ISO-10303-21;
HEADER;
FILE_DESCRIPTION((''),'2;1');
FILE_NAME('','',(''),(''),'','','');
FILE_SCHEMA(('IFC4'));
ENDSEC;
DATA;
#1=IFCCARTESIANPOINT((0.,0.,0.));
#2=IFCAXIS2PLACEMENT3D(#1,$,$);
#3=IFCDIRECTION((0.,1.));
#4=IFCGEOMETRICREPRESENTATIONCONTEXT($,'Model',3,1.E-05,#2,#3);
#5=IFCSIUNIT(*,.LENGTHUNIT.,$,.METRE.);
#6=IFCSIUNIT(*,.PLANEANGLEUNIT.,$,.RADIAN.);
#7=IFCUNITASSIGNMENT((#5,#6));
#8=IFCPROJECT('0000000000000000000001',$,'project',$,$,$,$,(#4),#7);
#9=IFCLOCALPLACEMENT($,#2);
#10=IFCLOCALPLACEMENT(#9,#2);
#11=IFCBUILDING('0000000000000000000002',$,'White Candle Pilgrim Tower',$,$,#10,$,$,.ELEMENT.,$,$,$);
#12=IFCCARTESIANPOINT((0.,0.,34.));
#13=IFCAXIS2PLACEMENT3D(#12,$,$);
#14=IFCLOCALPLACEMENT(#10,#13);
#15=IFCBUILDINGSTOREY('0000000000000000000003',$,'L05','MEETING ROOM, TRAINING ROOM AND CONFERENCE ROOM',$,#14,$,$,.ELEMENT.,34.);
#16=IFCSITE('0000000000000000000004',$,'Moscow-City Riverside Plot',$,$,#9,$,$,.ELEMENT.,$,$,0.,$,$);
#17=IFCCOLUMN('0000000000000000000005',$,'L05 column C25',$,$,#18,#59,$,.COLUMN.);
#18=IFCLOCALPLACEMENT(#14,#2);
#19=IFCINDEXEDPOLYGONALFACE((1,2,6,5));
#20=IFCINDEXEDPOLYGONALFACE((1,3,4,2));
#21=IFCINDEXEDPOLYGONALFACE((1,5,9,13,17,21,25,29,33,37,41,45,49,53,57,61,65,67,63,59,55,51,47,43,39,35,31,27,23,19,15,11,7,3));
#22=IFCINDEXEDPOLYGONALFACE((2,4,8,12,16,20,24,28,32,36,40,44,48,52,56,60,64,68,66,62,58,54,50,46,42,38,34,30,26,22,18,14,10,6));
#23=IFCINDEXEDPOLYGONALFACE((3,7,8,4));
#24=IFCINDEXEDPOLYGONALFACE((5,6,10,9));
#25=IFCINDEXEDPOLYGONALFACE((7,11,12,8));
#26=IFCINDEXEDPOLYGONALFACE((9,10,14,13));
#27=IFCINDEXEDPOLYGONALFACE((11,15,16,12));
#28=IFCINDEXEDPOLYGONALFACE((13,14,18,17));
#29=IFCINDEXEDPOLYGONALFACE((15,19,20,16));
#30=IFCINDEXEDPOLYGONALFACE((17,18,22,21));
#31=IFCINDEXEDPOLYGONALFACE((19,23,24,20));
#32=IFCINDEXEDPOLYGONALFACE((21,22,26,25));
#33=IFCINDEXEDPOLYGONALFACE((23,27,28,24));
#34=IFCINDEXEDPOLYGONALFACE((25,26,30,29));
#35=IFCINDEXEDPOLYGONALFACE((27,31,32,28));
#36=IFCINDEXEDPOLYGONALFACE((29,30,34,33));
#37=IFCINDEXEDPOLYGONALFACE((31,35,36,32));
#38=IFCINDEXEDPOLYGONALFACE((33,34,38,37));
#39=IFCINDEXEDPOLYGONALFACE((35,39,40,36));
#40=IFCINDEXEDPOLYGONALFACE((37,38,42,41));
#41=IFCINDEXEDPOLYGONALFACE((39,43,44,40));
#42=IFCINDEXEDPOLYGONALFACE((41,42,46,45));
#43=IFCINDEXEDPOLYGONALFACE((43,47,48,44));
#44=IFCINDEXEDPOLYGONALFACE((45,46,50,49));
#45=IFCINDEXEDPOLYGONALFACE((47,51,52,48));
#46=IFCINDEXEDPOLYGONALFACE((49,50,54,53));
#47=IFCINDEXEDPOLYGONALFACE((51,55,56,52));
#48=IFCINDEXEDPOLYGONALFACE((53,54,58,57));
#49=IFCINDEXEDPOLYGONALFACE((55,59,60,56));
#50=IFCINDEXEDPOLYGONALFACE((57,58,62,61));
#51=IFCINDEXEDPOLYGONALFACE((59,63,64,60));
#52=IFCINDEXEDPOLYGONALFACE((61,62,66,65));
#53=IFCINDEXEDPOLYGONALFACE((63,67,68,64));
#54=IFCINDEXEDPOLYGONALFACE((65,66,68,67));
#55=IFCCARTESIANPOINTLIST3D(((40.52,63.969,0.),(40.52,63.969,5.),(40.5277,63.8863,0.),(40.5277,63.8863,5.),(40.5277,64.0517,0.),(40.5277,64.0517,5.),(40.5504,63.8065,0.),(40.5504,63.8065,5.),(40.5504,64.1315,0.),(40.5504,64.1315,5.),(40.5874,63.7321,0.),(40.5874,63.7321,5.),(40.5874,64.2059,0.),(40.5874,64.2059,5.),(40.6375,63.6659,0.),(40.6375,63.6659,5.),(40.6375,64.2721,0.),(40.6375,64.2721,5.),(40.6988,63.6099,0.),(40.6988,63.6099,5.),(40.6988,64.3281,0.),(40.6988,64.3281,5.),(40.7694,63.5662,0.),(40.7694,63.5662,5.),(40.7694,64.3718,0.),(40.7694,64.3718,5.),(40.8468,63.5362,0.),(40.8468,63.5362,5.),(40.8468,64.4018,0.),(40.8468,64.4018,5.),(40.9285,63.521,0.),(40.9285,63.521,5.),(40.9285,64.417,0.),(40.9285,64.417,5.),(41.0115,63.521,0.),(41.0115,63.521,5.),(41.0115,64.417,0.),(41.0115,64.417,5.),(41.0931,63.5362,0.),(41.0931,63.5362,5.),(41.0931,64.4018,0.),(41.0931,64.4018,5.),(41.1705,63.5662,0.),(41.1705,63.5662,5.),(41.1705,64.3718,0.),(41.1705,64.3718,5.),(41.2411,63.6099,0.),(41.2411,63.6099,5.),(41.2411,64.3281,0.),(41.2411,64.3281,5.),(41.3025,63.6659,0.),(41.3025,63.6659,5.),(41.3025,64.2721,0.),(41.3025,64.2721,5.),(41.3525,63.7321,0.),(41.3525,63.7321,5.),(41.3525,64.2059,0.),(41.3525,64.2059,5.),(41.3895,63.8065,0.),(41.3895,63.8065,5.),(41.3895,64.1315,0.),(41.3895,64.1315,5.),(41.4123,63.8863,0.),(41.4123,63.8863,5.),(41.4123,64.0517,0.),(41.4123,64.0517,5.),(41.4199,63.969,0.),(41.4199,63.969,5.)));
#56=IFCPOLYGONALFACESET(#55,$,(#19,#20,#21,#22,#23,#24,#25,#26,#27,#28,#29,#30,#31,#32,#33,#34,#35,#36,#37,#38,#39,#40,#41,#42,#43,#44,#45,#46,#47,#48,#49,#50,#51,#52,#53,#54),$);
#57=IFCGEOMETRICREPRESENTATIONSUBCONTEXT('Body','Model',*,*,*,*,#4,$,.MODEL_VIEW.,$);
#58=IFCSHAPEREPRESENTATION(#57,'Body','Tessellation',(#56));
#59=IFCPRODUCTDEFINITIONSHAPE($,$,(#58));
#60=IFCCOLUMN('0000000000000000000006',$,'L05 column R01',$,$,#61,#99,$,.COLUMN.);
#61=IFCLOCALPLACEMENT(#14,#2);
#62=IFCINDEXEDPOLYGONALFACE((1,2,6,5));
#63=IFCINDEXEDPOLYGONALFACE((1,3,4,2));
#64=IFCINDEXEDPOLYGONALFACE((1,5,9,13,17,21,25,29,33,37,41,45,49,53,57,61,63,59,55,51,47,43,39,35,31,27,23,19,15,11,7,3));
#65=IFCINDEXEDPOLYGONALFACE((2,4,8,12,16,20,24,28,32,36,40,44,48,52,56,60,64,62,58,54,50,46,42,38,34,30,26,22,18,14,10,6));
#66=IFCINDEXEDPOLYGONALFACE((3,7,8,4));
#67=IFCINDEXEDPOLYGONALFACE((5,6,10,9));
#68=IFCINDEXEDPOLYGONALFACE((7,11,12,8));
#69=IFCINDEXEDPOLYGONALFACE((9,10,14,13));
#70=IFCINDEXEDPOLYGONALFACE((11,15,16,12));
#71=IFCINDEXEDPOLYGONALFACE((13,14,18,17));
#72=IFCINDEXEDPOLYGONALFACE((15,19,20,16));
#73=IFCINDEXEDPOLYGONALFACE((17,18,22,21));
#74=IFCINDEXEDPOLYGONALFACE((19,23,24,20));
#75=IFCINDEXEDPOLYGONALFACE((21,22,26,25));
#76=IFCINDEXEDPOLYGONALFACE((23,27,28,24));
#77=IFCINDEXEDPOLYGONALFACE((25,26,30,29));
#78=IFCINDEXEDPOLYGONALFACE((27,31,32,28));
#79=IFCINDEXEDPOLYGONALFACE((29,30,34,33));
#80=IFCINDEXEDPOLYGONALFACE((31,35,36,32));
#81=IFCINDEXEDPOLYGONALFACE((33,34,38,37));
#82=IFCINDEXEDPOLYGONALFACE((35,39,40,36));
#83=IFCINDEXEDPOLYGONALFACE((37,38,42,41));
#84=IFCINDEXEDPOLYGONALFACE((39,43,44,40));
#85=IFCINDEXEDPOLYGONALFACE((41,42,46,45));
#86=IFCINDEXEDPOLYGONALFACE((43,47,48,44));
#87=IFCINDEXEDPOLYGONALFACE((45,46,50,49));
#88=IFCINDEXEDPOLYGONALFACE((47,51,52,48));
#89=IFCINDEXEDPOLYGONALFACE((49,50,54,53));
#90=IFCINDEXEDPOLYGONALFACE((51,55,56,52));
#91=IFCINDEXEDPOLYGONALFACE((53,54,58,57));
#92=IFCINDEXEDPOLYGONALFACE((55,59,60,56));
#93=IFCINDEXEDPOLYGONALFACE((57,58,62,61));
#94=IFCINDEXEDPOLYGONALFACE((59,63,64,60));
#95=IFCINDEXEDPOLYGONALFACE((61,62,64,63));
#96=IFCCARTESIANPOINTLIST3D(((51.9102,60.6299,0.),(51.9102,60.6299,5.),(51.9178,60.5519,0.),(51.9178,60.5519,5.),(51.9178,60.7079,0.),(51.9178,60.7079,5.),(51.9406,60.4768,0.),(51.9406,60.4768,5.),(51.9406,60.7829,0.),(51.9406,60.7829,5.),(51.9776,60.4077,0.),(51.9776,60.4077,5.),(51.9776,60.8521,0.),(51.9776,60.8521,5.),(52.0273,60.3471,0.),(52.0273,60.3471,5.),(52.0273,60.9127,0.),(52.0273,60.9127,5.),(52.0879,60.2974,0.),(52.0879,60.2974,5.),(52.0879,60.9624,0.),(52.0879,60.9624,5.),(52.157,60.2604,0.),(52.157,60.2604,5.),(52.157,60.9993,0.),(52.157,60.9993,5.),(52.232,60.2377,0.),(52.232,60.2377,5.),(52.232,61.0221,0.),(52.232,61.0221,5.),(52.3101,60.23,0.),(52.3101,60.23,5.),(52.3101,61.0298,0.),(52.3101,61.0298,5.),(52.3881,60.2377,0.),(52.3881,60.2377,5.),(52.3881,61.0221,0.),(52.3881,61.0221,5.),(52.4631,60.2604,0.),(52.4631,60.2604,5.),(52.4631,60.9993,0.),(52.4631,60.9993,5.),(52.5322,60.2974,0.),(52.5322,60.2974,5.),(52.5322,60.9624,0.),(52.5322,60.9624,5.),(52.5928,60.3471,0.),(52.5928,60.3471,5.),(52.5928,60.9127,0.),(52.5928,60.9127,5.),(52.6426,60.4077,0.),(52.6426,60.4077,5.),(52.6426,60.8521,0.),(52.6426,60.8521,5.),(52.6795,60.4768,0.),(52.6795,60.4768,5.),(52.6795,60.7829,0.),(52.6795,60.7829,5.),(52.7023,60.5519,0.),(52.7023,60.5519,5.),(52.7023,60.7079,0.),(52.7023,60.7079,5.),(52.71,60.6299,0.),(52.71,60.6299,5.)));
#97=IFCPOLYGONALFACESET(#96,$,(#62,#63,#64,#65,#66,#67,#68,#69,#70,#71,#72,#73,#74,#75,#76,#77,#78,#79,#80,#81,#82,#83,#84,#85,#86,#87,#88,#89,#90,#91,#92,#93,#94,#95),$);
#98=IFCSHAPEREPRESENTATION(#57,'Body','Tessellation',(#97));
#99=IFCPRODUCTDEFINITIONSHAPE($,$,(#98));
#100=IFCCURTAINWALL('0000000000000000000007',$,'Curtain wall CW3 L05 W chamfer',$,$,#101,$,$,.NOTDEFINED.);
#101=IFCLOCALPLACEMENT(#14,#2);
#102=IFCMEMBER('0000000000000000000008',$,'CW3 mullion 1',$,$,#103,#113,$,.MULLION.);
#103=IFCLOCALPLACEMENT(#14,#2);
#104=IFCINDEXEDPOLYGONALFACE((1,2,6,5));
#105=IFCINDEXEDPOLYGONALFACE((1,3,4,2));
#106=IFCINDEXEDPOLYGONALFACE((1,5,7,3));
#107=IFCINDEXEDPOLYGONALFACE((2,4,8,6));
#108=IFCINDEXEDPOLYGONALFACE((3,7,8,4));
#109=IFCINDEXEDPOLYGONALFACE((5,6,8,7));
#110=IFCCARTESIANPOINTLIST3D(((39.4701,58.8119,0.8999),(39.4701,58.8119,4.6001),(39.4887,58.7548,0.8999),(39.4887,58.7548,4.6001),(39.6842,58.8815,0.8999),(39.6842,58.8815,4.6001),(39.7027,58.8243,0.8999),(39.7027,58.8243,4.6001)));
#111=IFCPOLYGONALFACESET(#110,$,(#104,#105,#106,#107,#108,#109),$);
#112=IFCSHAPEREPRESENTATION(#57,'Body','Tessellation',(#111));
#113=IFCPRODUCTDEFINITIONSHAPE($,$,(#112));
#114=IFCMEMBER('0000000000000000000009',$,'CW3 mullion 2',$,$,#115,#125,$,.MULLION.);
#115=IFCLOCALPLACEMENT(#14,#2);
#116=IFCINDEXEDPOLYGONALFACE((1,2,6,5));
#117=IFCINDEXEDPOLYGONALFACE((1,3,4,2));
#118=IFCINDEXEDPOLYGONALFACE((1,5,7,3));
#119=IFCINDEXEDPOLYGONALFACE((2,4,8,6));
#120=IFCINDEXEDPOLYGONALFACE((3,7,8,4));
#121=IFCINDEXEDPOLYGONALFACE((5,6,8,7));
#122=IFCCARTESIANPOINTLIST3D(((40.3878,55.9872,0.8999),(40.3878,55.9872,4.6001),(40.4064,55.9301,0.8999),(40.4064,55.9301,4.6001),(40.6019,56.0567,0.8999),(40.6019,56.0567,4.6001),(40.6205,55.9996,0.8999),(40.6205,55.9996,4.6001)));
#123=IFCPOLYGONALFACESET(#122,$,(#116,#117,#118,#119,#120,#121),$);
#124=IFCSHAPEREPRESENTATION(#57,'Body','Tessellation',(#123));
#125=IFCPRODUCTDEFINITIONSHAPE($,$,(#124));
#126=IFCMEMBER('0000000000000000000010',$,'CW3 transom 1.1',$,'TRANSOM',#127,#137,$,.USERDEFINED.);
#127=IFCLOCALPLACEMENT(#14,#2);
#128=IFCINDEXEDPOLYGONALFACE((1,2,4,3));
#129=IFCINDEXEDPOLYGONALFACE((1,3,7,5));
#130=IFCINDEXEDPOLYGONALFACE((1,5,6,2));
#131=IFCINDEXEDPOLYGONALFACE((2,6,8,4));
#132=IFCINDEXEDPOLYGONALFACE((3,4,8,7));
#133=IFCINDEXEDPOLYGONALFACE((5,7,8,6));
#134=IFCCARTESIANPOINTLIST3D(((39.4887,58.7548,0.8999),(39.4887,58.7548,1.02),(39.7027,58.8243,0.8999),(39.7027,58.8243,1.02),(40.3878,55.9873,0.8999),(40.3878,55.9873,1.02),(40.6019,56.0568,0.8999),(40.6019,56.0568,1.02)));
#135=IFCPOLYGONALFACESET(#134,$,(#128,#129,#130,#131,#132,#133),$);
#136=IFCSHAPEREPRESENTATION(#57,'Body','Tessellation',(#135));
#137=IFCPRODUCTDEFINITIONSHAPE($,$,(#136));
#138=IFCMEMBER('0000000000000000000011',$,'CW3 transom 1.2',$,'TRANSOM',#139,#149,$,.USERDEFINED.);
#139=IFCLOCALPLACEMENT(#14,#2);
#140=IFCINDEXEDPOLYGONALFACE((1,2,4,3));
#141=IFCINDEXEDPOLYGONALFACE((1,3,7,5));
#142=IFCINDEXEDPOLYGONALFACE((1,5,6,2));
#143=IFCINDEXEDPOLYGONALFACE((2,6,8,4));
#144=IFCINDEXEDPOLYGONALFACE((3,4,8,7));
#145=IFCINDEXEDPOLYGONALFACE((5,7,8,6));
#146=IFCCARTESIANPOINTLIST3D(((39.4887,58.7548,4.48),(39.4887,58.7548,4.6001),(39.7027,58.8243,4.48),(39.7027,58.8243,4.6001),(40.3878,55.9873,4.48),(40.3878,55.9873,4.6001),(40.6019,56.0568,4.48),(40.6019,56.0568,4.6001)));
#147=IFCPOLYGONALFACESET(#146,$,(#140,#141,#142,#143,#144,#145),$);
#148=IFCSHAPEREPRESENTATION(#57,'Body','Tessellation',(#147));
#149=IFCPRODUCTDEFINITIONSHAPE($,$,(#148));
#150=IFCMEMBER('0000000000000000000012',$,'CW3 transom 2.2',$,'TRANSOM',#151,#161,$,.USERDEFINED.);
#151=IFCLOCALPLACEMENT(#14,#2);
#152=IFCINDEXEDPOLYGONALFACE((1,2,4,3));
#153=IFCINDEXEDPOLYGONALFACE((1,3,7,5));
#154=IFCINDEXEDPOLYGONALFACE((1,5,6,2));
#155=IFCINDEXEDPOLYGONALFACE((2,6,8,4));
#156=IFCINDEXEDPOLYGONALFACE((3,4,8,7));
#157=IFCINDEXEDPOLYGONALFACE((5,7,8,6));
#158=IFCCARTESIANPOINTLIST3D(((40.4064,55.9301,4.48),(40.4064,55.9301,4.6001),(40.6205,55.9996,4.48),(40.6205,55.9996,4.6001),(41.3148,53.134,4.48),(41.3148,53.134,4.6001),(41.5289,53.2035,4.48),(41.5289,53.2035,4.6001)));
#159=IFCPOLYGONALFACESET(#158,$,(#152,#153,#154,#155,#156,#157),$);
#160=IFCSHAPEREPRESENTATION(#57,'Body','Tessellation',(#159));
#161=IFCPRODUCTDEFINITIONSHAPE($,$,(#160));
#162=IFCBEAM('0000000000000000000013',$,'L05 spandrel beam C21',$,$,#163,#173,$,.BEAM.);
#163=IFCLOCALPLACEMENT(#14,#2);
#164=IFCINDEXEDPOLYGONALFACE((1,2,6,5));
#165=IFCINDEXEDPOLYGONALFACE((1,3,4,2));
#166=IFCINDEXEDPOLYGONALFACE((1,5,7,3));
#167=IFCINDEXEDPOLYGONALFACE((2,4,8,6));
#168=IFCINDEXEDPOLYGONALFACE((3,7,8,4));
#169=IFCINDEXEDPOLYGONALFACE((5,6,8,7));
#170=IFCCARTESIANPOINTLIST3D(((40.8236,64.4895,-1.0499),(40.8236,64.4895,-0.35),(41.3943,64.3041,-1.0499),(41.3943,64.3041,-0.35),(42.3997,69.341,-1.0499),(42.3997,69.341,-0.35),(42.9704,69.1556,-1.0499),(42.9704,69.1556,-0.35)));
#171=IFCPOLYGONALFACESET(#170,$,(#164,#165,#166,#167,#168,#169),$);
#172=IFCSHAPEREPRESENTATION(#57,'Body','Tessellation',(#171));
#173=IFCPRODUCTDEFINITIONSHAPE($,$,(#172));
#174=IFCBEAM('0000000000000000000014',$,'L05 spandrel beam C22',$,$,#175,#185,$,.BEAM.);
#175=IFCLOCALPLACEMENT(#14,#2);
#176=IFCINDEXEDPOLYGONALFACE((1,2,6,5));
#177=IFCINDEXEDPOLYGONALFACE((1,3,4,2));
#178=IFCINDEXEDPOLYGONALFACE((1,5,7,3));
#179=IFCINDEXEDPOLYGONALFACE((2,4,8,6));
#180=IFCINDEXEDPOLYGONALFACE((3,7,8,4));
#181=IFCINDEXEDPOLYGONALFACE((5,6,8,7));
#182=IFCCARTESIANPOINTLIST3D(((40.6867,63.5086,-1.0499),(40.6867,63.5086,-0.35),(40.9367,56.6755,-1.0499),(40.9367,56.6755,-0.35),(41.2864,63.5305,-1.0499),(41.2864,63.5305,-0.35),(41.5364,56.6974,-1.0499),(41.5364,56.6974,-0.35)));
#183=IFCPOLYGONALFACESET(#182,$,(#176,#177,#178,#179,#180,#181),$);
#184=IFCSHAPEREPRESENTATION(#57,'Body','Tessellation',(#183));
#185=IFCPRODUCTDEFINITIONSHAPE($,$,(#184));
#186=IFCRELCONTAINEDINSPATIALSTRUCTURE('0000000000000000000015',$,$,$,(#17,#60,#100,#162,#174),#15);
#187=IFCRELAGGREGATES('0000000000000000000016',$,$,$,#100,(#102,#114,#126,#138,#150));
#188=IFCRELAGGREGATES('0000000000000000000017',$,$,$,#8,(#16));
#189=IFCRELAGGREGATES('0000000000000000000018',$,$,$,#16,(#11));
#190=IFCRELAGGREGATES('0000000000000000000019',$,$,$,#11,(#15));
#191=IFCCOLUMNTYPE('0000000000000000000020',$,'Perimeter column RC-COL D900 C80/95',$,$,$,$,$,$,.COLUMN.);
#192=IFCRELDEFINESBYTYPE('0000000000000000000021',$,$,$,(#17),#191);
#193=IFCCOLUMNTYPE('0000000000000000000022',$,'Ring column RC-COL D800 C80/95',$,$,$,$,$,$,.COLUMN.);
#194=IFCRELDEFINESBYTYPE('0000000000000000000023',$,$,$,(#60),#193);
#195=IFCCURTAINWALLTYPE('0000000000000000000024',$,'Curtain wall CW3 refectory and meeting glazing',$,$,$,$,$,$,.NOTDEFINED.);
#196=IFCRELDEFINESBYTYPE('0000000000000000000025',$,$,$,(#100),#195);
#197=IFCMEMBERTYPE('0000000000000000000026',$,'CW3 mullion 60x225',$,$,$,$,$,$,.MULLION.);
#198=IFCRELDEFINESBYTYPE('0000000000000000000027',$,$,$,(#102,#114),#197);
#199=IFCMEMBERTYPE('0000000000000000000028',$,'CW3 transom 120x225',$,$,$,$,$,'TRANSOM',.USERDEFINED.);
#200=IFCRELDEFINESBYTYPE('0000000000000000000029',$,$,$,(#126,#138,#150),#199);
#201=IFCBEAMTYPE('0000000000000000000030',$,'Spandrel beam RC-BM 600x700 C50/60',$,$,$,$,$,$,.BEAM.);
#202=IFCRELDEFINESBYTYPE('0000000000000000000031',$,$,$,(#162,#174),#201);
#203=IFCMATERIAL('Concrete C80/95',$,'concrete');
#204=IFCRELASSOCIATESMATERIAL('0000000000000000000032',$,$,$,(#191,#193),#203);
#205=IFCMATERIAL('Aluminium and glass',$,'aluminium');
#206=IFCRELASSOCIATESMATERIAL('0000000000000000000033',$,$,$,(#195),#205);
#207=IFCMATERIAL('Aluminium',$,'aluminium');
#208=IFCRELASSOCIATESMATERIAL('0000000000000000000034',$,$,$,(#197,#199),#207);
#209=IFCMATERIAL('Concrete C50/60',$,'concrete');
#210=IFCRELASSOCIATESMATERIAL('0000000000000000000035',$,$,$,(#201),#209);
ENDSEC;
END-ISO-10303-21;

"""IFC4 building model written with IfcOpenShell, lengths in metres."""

from ifc_helpers import new_model, si_unit, direction, frame, origin, origin_2d, place, context, subcontext, project, spatial, rectangle, circle, extrude, material, material_profile, profile_set, type_object, element, aggregate, save


model = new_model("IFC4")

# Units and contexts
model_context = context("Model", 3, precision=1e-05, world=origin(), true_north=direction((0.0, 1.0)))
body_context = subcontext(model_context, "Body", "Model", "MODEL_VIEW")
ifc_project = project(units=[si_unit("LENGTHUNIT", "METRE"), si_unit("PLANEANGLEUNIT", "RADIAN")], contexts=[model_context])

# Site, building, storey
site_placement = place(None, origin())
site = spatial("IfcSite", under=ifc_project, at=site_placement, Name="Moscow-City Riverside Plot", CompositionType="ELEMENT", RefElevation=0.0)
building_placement = place(site_placement, origin())
building = spatial("IfcBuilding", under=site, at=building_placement, Name="White Candle Pilgrim Tower", CompositionType="ELEMENT")
storey_placement = place(building_placement, frame((0.0, 0.0, 34.0)))
storey = spatial("IfcBuildingStorey", under=building, at=storey_placement, Name="L05", Description="MEETING ROOM, TRAINING ROOM AND CONFERENCE ROOM", CompositionType="ELEMENT", Elevation=34.0)

# Columns
ifc_material_1 = material(Name="Concrete C80/95", Category="concrete")
ifc_material_profile_1 = material_profile(ifc_material_1, circle(Radius=0.45, at=origin_2d()), Name="RC-COL D900")
ifc_profile_set_1 = profile_set([ifc_material_profile_1], Name="Concrete C80/95")
column_type_1 = type_object("IfcColumnType", Name="Perimeter column RC-COL D900 C80/95", PredefinedType="COLUMN", material=ifc_profile_set_1)
for number, where, z_axis, x_axis, name in (
    (1, (40.97, 63.969, 0.0), (0.0, 0.0, 1.0), (1.0, 0.0, 0.0), "L05 column C25"),
):
    element("IfcColumn", number, at=place(storey_placement, frame(where, z_axis=z_axis, x_axis=x_axis)), inside=storey, type_object=column_type_1, Name=name, PredefinedType="COLUMN", context=body_context, shape_type="SweptSolid", body=[
        extrude(circle(Radius=0.45, at=origin_2d()), origin(), (0.0, 0.0, 1.0), 5.0),
    ])
ifc_material_profile_2 = material_profile(ifc_material_1, circle(Radius=0.3999, at=origin_2d()), Name="RC-COL D800")
ifc_profile_set_2 = profile_set([ifc_material_profile_2], Name="Concrete C80/95")
column_type_2 = type_object("IfcColumnType", Name="Ring column RC-COL D800 C80/95", PredefinedType="COLUMN", material=ifc_profile_set_2)
column_placement = place(storey_placement, frame((52.3101, 60.6299, 0.0), z_axis=(0.0, 0.0, 1.0), x_axis=(1.0, 0.0, 0.0)))
element("IfcColumn", 2, at=column_placement, inside=storey, type_object=column_type_2, Name="L05 column R01", PredefinedType="COLUMN", context=body_context, shape_type="SweptSolid", body=[
    extrude(circle(Radius=0.3999, at=origin_2d()), origin(), (0.0, 0.0, 1.0), 5.0),
])

# Curtain wall, members
ifc_material_2 = material(Name="Aluminium and glass", Category="aluminium")
curtain_wall_type = type_object("IfcCurtainWallType", Name="Curtain wall CW3 refectory and meeting glazing", PredefinedType="NOTDEFINED", material=ifc_material_2)
curtain_wall_placement = place(storey_placement, origin())
curtain_wall = element("IfcCurtainWall", 3, at=curtain_wall_placement, inside=storey, type_object=curtain_wall_type, Name="Curtain wall CW3 L05 W chamfer", PredefinedType="NOTDEFINED")
ifc_material_3 = material(Name="Aluminium", Category="aluminium")
ifc_material_profile_3 = material_profile(ifc_material_3, rectangle(XDim=0.2251, YDim=0.0601, at=origin_2d()), Name="CW3 mullion 60x225")
ifc_profile_set_3 = profile_set([ifc_material_profile_3], Name="Aluminium")
member_type_1 = type_object("IfcMemberType", Name="CW3 mullion 60x225", PredefinedType="MULLION", material=ifc_profile_set_3)
member_1_placement = place(storey_placement, frame((39.5864, 58.8181, 0.8999), z_axis=(0.0, 0.0, 1.0), x_axis=(0.951057, 0.309017, 0.0)))
member_1 = element("IfcMember", 4, at=member_1_placement, type_object=member_type_1, Name="CW3 mullion 1", PredefinedType="MULLION", context=body_context, shape_type="SweptSolid", body=[
    extrude(rectangle(XDim=0.2251, YDim=0.0601, at=origin_2d()), origin(), (0.0, 0.0, 1.0), 3.7002),
])
member_2_placement = place(storey_placement, frame((40.5042, 55.9934, 0.8999), z_axis=(0.0, 0.0, 1.0), x_axis=(0.951057, 0.309017, 0.0)))
member_2 = element("IfcMember", 5, at=member_2_placement, type_object=member_type_1, Name="CW3 mullion 2", PredefinedType="MULLION", context=body_context, shape_type="SweptSolid", body=[
    extrude(rectangle(XDim=0.2251, YDim=0.0601, at=origin_2d()), origin(), (0.0, 0.0, 1.0), 3.7002),
])
ifc_material_profile_4 = material_profile(ifc_material_3, rectangle(XDim=0.2251, YDim=0.1201, at=origin_2d()), Name="CW3 transom 120x225")
ifc_profile_set_4 = profile_set([ifc_material_profile_4], Name="Aluminium")
member_type_2 = type_object("IfcMemberType", Name="CW3 transom 120x225", ElementType="TRANSOM", PredefinedType="USERDEFINED", material=ifc_profile_set_4)
member_3_placement = place(storey_placement, frame((39.5957, 58.7896, 0.96), z_axis=(0.308995, -0.951064, 0.0), x_axis=(0.951064, 0.308995, 0.0)))
member_3 = element("IfcMember", 6, at=member_3_placement, type_object=member_type_2, Name="CW3 transom 1.1", ObjectType="TRANSOM", PredefinedType="USERDEFINED", context=body_context, shape_type="SweptSolid", body=[
    extrude(rectangle(XDim=0.2251, YDim=0.1201, at=origin_2d()), origin(), (0.0, 0.0, 1.0), 2.9099),
])
member_4_placement = place(storey_placement, frame((39.5957, 58.7896, 4.54), z_axis=(0.308995, -0.951064, 0.0), x_axis=(0.951064, 0.308995, 0.0)))
member_4 = element("IfcMember", 7, at=member_4_placement, type_object=member_type_2, Name="CW3 transom 1.2", ObjectType="TRANSOM", PredefinedType="USERDEFINED", context=body_context, shape_type="SweptSolid", body=[
    extrude(rectangle(XDim=0.2251, YDim=0.1201, at=origin_2d()), origin(), (0.0, 0.0, 1.0), 2.9099),
])
member_5_placement = place(storey_placement, frame((40.5134, 55.9648, 4.54), z_axis=(0.308994, -0.951064, 0.0), x_axis=(0.951064, 0.308994, 0.0)))
member_5 = element("IfcMember", 8, at=member_5_placement, type_object=member_type_2, Name="CW3 transom 2.2", ObjectType="TRANSOM", PredefinedType="USERDEFINED", context=body_context, shape_type="SweptSolid", body=[
    extrude(rectangle(XDim=0.2251, YDim=0.1201, at=origin_2d()), origin(), (0.0, 0.0, 1.0), 2.9399),
])

# Beams
ifc_material_4 = material(Name="Concrete C50/60", Category="concrete")
ifc_material_profile_5 = material_profile(ifc_material_4, rectangle(XDim=0.6001, YDim=0.7, at=origin_2d()), Name="RC-BM 600x700")
ifc_profile_set_5 = profile_set([ifc_material_profile_5], Name="Concrete C50/60")
beam_type_1 = type_object("IfcBeamType", Name="Spandrel beam RC-BM 600x700 C50/60", PredefinedType="BEAM", material=ifc_profile_set_5)
beam_1_placement = place(storey_placement, frame((42.6851, 69.2483, -0.7), z_axis=(-0.308982, -0.951068, 0.0), x_axis=(0.951068, -0.308982, 0.0)))
element("IfcBeam", 9, at=beam_1_placement, inside=storey, type_object=beam_type_1, Name="L05 spandrel beam C21", PredefinedType="BEAM", context=body_context, shape_type="SweptSolid", body=[
    extrude(rectangle(XDim=0.6001, YDim=0.7, at=origin_2d()), origin(), (0.0, 0.0, 1.0), 5.1011),
])
beam_2_placement = place(storey_placement, frame((40.9866, 63.5195, -0.7), z_axis=(0.036563, -0.999331, 0.0), x_axis=(0.999331, 0.036563, 0.0)))
element("IfcBeam", 10, at=beam_2_placement, inside=storey, type_object=beam_type_1, Name="L05 spandrel beam C22", PredefinedType="BEAM", context=body_context, shape_type="SweptSolid", body=[
    extrude(rectangle(XDim=0.6001, YDim=0.7, at=origin_2d()), origin(), (0.0, 0.0, 1.0), 6.8376),
])

aggregate(curtain_wall, [member_1, member_2, member_3, member_4, member_5])

save(model, "model.ifc")
